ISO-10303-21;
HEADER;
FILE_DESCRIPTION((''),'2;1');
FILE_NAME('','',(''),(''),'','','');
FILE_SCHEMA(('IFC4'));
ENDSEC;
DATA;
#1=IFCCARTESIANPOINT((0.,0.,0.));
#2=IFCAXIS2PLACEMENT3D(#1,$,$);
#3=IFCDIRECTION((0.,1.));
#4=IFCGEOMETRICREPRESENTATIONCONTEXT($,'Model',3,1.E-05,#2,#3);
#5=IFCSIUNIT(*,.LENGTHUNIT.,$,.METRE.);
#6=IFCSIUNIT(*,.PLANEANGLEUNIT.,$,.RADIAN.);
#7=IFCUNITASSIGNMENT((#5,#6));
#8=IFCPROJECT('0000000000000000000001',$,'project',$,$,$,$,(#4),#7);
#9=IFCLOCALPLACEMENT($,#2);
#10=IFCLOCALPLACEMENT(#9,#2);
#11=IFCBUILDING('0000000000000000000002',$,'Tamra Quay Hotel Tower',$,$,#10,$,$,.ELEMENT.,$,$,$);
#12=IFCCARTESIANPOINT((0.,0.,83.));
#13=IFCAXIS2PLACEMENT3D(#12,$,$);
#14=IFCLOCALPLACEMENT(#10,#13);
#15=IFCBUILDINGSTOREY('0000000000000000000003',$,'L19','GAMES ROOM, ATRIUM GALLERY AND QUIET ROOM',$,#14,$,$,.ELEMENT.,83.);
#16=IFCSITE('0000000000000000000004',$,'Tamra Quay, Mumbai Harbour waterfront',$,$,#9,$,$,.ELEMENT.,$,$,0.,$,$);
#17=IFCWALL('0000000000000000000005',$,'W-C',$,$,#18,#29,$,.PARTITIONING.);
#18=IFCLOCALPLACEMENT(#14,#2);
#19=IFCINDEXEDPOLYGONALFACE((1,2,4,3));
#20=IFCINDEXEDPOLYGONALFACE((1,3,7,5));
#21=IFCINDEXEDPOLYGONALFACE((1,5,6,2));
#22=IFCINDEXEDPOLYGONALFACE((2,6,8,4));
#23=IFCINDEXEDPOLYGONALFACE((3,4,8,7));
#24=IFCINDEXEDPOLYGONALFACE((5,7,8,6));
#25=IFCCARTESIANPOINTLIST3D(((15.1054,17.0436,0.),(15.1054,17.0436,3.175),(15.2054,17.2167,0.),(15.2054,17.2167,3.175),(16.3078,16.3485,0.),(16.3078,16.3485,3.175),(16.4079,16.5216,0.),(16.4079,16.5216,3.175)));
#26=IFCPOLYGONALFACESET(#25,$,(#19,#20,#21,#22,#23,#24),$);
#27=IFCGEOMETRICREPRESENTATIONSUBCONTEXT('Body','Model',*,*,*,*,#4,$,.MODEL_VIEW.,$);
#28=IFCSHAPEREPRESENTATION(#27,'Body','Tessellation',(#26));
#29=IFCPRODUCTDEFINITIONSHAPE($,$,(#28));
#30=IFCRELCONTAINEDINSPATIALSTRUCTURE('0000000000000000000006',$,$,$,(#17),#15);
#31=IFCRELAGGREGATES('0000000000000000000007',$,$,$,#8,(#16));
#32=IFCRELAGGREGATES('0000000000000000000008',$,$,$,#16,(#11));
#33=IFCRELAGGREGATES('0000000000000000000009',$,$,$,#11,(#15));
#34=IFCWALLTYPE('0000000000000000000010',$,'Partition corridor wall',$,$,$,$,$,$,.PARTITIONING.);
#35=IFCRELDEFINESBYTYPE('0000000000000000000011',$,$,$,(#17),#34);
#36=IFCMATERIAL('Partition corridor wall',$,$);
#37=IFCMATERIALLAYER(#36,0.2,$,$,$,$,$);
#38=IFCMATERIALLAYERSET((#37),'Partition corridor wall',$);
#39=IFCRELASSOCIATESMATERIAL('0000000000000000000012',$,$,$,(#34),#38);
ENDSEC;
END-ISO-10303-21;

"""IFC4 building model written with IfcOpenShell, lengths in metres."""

from ifc_helpers import new_model, si_unit, direction, frame, frame_2d, origin, place, context, subcontext, project, spatial, rectangle, extrude, material, layer, layer_set, type_object, element, save


model = new_model("IFC4")

# Units and contexts
model_context = context("Model", 3, precision=1e-05, world=origin(), true_north=direction((0.0, 1.0)))
body_context = subcontext(model_context, "Body", "Model", "MODEL_VIEW")
ifc_project = project(units=[si_unit("LENGTHUNIT", "METRE"), si_unit("PLANEANGLEUNIT", "RADIAN")], contexts=[model_context])

# Site, building, storey
site_placement = place(None, origin())
site = spatial("IfcSite", under=ifc_project, at=site_placement, Name="Tamra Quay, Mumbai Harbour waterfront", CompositionType="ELEMENT", RefElevation=0.0)
building_placement = place(site_placement, origin())
building = spatial("IfcBuilding", under=site, at=building_placement, Name="Tamra Quay Hotel Tower", CompositionType="ELEMENT")
storey_placement = place(building_placement, frame((0.0, 0.0, 83.0)))
storey = spatial("IfcBuildingStorey", under=building, at=storey_placement, Name="L19", Description="GAMES ROOM, ATRIUM GALLERY AND QUIET ROOM", CompositionType="ELEMENT", Elevation=83.0)

# Wall
ifc_material_1 = material(Name="Partition corridor wall")
ifc_layer_1 = layer(ifc_material_1, 0.2)
ifc_layer_set_1 = layer_set([ifc_layer_1], Name="Partition corridor wall")
wall_type_1 = type_object("IfcWallType", Name="Partition corridor wall", PredefinedType="PARTITIONING", material=ifc_layer_set_1)
wall_1_placement = place(storey_placement, frame((15.1555, 17.1301, 0.0), z_axis=(0.0, 0.0, 1.0), x_axis=(0.865755, -0.500468, 0.0)))
element("IfcWall", 1, at=wall_1_placement, inside=storey, type_object=wall_type_1, Name="W-C", PredefinedType="PARTITIONING", context=body_context, shape_type="SweptSolid", body=[
    extrude(rectangle(XDim=1.3889, YDim=0.2, at=frame_2d((0.6943, 0.0))), origin(), (0.0, 0.0, 1.0), 3.175),
])

save(model, "model.ifc")
